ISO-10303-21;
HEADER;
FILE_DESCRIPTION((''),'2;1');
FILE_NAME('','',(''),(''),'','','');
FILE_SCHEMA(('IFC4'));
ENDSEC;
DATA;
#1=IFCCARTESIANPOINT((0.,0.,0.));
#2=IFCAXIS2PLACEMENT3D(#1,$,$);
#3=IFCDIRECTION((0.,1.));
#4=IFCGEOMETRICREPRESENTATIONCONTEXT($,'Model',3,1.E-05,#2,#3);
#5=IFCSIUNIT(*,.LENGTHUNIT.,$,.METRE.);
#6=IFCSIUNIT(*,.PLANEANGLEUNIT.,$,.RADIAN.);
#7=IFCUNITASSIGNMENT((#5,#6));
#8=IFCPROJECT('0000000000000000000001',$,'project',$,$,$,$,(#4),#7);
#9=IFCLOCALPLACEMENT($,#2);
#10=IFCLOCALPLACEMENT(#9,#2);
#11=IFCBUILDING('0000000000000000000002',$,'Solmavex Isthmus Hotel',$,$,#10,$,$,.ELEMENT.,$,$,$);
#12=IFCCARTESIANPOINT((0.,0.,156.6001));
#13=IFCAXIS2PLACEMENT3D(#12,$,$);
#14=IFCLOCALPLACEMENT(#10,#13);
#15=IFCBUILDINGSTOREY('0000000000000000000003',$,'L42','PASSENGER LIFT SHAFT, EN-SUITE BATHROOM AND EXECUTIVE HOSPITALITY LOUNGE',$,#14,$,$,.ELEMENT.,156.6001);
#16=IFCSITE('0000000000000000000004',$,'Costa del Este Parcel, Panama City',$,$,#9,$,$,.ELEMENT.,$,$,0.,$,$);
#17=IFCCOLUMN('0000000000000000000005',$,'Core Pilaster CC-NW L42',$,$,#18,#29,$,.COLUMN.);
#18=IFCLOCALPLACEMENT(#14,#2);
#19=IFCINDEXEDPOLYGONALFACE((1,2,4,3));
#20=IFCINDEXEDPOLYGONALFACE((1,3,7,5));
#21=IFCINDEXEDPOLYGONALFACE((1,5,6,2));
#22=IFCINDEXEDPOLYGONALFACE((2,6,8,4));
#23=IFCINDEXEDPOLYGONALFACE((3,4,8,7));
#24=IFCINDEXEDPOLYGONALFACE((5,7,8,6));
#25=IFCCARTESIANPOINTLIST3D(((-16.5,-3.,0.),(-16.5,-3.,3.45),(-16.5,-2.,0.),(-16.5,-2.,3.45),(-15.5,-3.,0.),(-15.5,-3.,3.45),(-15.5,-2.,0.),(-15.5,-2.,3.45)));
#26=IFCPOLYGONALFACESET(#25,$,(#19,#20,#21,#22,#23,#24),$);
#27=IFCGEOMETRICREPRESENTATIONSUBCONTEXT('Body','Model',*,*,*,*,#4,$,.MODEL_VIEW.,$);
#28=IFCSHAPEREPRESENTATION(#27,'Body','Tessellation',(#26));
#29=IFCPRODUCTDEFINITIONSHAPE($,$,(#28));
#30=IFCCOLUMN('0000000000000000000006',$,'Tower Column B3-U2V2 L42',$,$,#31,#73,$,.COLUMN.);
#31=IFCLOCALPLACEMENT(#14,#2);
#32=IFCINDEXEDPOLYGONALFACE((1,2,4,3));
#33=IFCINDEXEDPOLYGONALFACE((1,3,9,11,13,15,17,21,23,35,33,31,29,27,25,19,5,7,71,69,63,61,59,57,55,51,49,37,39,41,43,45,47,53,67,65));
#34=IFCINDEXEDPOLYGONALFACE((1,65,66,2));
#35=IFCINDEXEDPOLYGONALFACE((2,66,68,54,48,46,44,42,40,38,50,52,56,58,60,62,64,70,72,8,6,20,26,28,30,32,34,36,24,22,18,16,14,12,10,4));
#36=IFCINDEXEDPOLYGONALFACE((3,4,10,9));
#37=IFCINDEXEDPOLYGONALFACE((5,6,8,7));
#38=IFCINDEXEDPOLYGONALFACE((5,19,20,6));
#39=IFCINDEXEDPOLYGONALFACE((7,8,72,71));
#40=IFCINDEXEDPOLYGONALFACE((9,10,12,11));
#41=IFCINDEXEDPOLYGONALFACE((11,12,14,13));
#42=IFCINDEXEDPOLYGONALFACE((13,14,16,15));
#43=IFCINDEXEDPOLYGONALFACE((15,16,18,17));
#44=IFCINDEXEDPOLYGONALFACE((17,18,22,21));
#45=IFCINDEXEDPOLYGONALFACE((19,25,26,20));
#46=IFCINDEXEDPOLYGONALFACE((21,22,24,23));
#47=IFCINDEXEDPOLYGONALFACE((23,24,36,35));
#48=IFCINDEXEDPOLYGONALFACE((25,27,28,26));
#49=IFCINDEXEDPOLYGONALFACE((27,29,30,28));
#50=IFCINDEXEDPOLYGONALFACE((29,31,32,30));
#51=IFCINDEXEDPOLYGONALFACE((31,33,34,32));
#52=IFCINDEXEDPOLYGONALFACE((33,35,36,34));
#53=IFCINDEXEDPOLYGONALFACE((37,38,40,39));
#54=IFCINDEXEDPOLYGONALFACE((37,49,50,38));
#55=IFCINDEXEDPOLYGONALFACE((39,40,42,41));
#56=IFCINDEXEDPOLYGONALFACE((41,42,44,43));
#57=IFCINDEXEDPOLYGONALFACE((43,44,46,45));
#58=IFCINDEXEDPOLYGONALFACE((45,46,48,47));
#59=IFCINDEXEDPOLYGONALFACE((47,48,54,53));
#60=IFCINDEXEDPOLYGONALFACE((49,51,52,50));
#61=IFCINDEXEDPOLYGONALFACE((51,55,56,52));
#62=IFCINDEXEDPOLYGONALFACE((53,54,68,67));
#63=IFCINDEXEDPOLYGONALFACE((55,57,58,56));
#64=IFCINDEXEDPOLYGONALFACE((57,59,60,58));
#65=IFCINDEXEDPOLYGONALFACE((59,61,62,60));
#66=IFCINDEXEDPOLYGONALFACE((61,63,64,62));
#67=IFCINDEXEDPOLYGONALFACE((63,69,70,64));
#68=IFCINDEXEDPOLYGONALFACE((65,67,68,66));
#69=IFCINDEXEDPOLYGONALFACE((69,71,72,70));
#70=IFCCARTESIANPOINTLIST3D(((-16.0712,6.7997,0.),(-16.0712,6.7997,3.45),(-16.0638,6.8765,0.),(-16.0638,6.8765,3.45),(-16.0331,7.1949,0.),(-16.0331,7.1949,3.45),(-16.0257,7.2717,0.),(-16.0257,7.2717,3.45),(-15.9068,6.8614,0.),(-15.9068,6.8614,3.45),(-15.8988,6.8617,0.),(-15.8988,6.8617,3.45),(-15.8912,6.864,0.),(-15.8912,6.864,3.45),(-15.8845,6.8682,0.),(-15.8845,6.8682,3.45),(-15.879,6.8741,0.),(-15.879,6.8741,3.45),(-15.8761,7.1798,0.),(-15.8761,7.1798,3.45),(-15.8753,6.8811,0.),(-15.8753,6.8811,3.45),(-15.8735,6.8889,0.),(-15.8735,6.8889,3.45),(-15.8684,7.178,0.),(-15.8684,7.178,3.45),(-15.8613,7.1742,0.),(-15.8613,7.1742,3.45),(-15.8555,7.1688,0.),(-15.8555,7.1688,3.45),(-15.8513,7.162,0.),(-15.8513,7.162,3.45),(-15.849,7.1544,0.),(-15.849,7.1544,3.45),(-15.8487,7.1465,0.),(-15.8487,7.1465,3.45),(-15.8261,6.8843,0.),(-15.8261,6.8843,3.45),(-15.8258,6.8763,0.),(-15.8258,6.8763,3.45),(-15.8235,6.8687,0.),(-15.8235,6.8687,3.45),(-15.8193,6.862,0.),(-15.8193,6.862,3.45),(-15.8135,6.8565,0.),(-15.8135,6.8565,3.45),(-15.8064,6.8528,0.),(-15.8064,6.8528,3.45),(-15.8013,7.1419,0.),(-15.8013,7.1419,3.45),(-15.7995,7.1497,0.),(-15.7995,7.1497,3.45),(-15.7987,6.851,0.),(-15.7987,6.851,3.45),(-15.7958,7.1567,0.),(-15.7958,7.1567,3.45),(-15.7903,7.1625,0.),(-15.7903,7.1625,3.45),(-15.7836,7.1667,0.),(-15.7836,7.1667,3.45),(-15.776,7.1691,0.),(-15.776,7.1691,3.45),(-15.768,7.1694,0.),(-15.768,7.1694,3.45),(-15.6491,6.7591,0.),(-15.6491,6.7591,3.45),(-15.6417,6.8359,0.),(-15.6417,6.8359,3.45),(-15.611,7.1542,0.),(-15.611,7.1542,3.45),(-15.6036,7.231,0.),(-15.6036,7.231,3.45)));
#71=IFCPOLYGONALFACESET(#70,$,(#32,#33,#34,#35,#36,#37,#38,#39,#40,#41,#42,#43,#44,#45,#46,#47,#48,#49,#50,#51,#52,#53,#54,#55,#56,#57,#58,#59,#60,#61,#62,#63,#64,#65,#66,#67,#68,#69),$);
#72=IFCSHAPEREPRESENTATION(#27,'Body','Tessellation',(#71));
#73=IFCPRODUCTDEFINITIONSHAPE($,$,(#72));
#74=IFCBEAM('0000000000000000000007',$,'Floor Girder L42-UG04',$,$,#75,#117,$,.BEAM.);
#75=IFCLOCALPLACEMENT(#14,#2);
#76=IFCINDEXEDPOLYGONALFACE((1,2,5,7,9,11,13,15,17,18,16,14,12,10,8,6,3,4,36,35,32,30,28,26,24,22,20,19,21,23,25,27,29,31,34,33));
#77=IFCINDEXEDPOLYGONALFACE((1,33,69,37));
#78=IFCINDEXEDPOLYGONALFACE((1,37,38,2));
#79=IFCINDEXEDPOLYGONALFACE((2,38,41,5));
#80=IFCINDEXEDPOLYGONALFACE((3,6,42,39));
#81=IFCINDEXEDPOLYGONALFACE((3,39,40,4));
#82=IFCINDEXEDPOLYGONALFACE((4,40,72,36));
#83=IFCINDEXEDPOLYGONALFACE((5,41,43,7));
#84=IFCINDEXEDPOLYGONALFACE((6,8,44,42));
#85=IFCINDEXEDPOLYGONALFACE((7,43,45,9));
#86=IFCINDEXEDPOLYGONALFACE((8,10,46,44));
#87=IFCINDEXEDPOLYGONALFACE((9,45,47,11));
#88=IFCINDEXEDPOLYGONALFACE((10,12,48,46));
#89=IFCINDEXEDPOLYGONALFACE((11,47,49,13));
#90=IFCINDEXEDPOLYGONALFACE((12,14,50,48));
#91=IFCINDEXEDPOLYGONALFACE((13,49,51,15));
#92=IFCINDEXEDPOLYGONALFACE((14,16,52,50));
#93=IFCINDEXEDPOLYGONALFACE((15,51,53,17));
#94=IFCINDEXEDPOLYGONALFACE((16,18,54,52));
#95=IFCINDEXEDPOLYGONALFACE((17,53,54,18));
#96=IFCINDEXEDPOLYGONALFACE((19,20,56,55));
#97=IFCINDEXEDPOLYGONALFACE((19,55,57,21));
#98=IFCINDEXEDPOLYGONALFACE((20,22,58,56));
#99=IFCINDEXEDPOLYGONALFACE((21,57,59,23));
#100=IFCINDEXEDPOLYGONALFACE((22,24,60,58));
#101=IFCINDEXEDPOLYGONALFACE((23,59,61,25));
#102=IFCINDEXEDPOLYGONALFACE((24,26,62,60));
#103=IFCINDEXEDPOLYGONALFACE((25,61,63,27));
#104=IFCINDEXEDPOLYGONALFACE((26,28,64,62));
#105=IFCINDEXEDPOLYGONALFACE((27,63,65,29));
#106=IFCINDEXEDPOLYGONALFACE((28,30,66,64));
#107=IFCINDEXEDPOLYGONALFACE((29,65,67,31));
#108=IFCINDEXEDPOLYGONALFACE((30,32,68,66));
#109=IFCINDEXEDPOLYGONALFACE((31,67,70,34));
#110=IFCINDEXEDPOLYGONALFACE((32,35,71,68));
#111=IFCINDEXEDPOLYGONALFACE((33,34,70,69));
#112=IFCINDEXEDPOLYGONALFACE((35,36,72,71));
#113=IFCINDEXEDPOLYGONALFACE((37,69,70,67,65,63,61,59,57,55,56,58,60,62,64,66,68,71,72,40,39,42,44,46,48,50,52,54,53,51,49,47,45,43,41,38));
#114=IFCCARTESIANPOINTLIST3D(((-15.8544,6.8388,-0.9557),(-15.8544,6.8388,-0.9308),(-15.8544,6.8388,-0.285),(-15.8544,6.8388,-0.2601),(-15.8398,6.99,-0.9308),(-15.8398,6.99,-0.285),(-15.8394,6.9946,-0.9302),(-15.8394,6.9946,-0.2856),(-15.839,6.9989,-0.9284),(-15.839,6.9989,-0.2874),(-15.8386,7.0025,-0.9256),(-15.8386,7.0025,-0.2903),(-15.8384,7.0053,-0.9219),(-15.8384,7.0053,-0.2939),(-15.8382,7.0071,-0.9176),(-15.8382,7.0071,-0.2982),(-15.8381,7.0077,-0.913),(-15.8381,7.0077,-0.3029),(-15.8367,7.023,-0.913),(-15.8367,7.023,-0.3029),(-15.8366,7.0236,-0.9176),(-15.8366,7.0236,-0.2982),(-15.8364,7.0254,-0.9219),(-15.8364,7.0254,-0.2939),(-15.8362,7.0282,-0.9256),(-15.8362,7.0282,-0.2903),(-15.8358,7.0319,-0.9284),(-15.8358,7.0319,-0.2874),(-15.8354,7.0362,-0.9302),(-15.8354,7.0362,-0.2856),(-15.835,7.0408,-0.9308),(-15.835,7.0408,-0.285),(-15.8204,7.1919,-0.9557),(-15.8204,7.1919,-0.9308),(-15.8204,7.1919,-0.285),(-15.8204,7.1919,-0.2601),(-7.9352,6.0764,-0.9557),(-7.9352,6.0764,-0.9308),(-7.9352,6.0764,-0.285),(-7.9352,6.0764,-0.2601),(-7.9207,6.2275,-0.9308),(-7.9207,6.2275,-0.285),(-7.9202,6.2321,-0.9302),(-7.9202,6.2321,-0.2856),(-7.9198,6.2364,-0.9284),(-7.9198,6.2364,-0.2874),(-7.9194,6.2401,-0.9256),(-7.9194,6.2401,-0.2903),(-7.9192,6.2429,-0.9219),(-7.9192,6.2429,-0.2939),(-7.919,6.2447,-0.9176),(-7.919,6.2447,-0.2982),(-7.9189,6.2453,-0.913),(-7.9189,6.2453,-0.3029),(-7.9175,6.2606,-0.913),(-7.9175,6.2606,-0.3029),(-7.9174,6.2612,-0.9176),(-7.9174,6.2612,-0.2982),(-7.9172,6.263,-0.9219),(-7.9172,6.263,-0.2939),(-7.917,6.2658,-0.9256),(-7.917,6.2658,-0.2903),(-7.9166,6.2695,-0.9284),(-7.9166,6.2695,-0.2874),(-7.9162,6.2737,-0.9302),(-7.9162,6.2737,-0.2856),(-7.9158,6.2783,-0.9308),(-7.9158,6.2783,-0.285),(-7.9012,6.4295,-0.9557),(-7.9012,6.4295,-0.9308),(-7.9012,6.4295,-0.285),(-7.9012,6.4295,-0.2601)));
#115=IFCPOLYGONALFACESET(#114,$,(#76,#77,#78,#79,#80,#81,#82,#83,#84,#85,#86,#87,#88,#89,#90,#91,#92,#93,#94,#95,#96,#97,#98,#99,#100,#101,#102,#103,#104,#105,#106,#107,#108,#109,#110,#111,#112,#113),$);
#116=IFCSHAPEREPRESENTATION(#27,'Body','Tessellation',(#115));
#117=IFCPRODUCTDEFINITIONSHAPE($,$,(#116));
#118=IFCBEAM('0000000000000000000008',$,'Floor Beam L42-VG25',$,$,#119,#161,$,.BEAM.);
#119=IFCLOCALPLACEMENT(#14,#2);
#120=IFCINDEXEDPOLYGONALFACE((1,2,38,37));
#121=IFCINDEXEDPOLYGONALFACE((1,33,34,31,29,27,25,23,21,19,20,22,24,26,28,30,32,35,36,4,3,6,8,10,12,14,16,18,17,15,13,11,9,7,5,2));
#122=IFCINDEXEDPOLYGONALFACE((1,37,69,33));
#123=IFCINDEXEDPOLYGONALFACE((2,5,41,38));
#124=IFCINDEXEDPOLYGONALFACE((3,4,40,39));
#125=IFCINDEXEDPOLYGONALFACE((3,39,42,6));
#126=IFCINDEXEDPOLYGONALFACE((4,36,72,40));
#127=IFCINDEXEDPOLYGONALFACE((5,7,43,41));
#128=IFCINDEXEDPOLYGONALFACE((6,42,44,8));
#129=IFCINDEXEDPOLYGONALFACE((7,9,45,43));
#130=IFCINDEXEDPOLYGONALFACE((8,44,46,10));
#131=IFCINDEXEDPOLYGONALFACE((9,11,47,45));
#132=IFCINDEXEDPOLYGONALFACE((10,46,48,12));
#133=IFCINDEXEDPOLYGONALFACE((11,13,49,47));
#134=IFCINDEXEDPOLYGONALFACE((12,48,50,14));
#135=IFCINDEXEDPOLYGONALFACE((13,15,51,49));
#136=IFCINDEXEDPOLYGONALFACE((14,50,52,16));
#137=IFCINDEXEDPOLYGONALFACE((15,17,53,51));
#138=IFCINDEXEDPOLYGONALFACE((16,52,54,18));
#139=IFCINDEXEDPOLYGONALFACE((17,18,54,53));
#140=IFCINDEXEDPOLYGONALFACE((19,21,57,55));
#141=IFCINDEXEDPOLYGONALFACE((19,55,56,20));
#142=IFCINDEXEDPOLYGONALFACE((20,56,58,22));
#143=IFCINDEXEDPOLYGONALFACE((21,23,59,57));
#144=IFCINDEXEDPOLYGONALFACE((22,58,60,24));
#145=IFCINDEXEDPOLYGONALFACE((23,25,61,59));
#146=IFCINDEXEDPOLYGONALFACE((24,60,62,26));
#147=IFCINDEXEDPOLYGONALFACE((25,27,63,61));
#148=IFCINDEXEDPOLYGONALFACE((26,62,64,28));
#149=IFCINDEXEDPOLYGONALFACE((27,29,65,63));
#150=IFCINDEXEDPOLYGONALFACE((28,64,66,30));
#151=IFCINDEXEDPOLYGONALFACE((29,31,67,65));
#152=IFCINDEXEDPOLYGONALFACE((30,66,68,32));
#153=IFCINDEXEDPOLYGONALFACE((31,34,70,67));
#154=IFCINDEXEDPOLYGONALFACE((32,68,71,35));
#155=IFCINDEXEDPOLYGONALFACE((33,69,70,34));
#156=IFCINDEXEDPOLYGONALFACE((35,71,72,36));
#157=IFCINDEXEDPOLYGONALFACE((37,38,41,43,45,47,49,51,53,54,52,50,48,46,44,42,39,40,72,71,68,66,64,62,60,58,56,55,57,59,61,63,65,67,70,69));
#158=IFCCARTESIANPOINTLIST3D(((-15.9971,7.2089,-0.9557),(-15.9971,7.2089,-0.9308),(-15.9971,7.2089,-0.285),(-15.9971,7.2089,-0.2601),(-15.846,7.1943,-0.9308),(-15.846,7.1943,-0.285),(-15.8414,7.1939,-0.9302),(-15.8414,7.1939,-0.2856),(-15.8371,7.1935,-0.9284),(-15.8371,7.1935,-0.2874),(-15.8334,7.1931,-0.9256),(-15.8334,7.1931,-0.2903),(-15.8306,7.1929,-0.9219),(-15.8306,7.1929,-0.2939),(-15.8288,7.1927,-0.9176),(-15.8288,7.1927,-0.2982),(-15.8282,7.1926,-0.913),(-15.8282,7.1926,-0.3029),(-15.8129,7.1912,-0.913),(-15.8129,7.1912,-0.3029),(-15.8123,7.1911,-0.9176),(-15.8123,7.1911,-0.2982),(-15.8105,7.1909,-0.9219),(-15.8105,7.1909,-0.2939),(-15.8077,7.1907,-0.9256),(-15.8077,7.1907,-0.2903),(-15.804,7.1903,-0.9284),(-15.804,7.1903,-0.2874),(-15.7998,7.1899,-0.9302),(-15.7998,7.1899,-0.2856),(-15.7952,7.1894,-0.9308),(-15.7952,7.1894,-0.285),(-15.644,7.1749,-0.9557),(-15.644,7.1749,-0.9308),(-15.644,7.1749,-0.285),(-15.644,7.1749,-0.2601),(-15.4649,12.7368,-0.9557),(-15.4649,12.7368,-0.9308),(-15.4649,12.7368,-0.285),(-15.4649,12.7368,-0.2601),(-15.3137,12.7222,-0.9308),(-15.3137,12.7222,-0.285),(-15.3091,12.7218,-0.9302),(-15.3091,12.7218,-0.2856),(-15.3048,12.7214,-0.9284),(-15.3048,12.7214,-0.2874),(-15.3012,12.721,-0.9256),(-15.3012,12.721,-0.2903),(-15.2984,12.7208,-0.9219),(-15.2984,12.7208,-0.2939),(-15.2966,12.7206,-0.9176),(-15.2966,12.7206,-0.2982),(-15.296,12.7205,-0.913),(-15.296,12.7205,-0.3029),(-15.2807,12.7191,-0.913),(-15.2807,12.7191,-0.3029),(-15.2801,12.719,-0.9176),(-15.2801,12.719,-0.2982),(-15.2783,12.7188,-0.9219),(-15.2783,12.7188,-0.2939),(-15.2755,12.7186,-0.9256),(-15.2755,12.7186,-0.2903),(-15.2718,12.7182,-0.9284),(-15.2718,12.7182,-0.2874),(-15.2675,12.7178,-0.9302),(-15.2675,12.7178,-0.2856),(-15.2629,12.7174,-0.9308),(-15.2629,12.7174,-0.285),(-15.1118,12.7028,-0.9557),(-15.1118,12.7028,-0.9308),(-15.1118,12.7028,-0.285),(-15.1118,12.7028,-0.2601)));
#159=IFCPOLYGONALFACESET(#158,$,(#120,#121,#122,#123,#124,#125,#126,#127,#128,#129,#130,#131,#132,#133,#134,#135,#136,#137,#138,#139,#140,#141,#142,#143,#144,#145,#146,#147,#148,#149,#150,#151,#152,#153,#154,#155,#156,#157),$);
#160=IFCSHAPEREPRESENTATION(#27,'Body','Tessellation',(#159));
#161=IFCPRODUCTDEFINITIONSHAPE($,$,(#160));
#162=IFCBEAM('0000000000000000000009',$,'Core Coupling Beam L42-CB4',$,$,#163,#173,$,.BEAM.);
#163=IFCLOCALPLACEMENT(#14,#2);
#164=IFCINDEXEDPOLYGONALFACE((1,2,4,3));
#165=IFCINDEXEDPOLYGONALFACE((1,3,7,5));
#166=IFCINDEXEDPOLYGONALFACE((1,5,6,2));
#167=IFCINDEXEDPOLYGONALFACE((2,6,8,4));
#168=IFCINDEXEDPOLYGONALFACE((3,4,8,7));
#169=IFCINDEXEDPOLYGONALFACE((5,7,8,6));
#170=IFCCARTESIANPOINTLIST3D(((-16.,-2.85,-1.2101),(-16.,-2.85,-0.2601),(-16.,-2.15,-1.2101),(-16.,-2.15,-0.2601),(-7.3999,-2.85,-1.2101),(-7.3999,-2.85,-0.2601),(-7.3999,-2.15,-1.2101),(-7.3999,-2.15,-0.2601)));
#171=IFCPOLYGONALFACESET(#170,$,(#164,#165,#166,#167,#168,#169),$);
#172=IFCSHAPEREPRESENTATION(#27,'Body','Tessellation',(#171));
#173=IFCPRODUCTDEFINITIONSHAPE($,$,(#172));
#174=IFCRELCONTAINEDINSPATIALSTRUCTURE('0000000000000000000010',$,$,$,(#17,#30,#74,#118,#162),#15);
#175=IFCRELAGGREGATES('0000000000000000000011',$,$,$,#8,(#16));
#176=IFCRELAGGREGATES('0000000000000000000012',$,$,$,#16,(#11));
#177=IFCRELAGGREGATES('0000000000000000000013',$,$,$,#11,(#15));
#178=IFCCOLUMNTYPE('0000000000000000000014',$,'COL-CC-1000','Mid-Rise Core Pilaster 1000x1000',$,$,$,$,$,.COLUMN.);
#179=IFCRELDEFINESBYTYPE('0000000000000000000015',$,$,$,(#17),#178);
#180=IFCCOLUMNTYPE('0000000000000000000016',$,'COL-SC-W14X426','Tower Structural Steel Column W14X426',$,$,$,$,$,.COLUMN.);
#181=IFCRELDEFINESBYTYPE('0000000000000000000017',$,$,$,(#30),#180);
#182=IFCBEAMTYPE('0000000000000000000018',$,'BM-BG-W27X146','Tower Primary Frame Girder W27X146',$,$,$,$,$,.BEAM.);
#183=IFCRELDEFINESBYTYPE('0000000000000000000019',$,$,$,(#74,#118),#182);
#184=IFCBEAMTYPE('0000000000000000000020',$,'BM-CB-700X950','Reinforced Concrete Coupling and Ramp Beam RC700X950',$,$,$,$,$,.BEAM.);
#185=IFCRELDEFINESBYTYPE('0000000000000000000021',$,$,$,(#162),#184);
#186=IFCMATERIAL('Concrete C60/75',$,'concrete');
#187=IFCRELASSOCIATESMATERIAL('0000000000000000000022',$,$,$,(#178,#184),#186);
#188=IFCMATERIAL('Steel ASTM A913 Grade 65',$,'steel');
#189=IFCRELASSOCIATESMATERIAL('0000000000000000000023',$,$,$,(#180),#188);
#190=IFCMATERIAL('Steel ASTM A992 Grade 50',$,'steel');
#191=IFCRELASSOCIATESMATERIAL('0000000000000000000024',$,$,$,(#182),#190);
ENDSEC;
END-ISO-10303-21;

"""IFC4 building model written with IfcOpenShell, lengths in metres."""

from ifc_helpers import new_model, si_unit, direction, frame, origin, origin_2d, place, context, subcontext, project, spatial, rectangle, i_section, extrude, material, material_profile, profile_set, type_object, element, save


model = new_model("IFC4")

# Units and contexts
model_context = context("Model", 3, precision=1e-05, world=origin(), true_north=direction((0.0, 1.0)))
body_context = subcontext(model_context, "Body", "Model", "MODEL_VIEW")
ifc_project = project(units=[si_unit("LENGTHUNIT", "METRE"), si_unit("PLANEANGLEUNIT", "RADIAN")], contexts=[model_context])

# Site, building, storey
site_placement = place(None, origin())
site = spatial("IfcSite", under=ifc_project, at=site_placement, Name="Costa del Este Parcel, Panama City", CompositionType="ELEMENT", RefElevation=0.0)
building_placement = place(site_placement, origin())
building = spatial("IfcBuilding", under=site, at=building_placement, Name="Solmavex Isthmus Hotel", CompositionType="ELEMENT")
storey_placement = place(building_placement, frame((0.0, 0.0, 156.6001)))
storey = spatial("IfcBuildingStorey", under=building, at=storey_placement, Name="L42", Description="PASSENGER LIFT SHAFT, EN-SUITE BATHROOM AND EXECUTIVE HOSPITALITY LOUNGE", CompositionType="ELEMENT", Elevation=156.6001)

# Columns
ifc_material_1 = material(Name="Concrete C60/75", Category="concrete")
ifc_material_profile_1 = material_profile(ifc_material_1, rectangle(XDim=1.0, YDim=1.0, at=origin_2d()), Name="RC1000X1000")
ifc_profile_set_1 = profile_set([ifc_material_profile_1], Name="Concrete C60/75")
column_type_1 = type_object("IfcColumnType", Name="COL-CC-1000", Description="Mid-Rise Core Pilaster 1000x1000", PredefinedType="COLUMN", material=ifc_profile_set_1)
column_1_placement = place(storey_placement, frame((-16.0, -2.5, 0.0), z_axis=(0.0, 0.0, 1.0), x_axis=(1.0, 0.0, 0.0)))
element("IfcColumn", 1, at=column_1_placement, inside=storey, type_object=column_type_1, Name="Core Pilaster CC-NW L42", PredefinedType="COLUMN", context=body_context, shape_type="SweptSolid", body=[
    extrude(rectangle(XDim=1.0, YDim=1.0, at=origin_2d()), origin(), (0.0, 0.0, 1.0), 3.45),
])
ifc_material_2 = material(Name="Steel ASTM A913 Grade 65", Category="steel")
ifc_material_profile_2 = material_profile(ifc_material_2, i_section(OverallWidth=0.4241, OverallDepth=0.4741, WebThickness=0.0476, FlangeThickness=0.0771, FilletRadius=0.0305, at=origin_2d()), Name="W14X426")
ifc_profile_set_2 = profile_set([ifc_material_profile_2], Name="Steel ASTM A913 Grade 65")
column_type_2 = type_object("IfcColumnType", Name="COL-SC-W14X426", Description="Tower Structural Steel Column W14X426", PredefinedType="COLUMN", material=ifc_profile_set_2)
column_2_placement = place(storey_placement, frame((-15.8374, 7.0154, 0.0), z_axis=(0.0, 0.0, 1.0), x_axis=(0.995396, -0.095846, 0.0)))
element("IfcColumn", 2, at=column_2_placement, inside=storey, type_object=column_type_2, Name="Tower Column B3-U2V2 L42", PredefinedType="COLUMN", context=body_context, shape_type="SweptSolid", body=[
    extrude(i_section(OverallWidth=0.4241, OverallDepth=0.4741, WebThickness=0.0476, FlangeThickness=0.0771, FilletRadius=0.0305, at=origin_2d()), origin(), (0.0, 0.0, 1.0), 3.45),
])

# Beams
ifc_material_3 = material(Name="Steel ASTM A992 Grade 50", Category="steel")
ifc_material_profile_3 = material_profile(ifc_material_3, i_section(OverallWidth=0.3547, OverallDepth=0.6956, WebThickness=0.0154, FlangeThickness=0.0249, FilletRadius=0.0178, at=origin_2d()), Name="W27X146")
ifc_profile_set_3 = profile_set([ifc_material_profile_3], Name="Steel ASTM A992 Grade 50")
beam_type_1 = type_object("IfcBeamType", Name="BM-BG-W27X146", Description="Tower Primary Frame Girder W27X146", PredefinedType="BEAM", material=ifc_profile_set_3)
beam_1_placement = place(storey_placement, frame((-15.8374, 7.0154, -0.6079), z_axis=(0.995397, -0.095836, 0.0), x_axis=(0.095836, 0.995397, 0.0)))
element("IfcBeam", 3, at=beam_1_placement, inside=storey, type_object=beam_type_1, Name="Floor Girder L42-UG04", PredefinedType="BEAM", context=body_context, shape_type="SweptSolid", body=[
    extrude(i_section(OverallWidth=0.3547, OverallDepth=0.6956, WebThickness=0.0154, FlangeThickness=0.0249, FilletRadius=0.0178, at=origin_2d()), origin(), (0.0, 0.0, 1.0), 7.9558),
])
beam_2_placement = place(storey_placement, frame((-15.8206, 7.1919, -0.6079), z_axis=(0.095838, 0.995397, 0.0), x_axis=(-0.995397, 0.095838, 0.0)))
element("IfcBeam", 4, at=beam_2_placement, inside=storey, type_object=beam_type_1, Name="Floor Beam L42-VG25", PredefinedType="BEAM", context=body_context, shape_type="SweptSolid", body=[
    extrude(i_section(OverallWidth=0.3547, OverallDepth=0.6956, WebThickness=0.0154, FlangeThickness=0.0249, FilletRadius=0.0178, at=origin_2d()), origin(), (0.0, 0.0, 1.0), 5.5535),
])
ifc_material_profile_4 = material_profile(ifc_material_1, rectangle(XDim=0.7, YDim=0.95, at=origin_2d()), Name="RC700X950")
ifc_profile_set_4 = profile_set([ifc_material_profile_4], Name="Concrete C60/75")
beam_type_2 = type_object("IfcBeamType", Name="BM-CB-700X950", Description="Reinforced Concrete Coupling and Ramp Beam RC700X950", PredefinedType="BEAM", material=ifc_profile_set_4)
beam_3_placement = place(storey_placement, frame((-16.0, -2.5, -0.7351), z_axis=(1.0, 0.0, 0.0), x_axis=(0.0, 1.0, 0.0)))
element("IfcBeam", 5, at=beam_3_placement, inside=storey, type_object=beam_type_2, Name="Core Coupling Beam L42-CB4", PredefinedType="BEAM", context=body_context, shape_type="SweptSolid", body=[
    extrude(rectangle(XDim=0.7, YDim=0.95, at=origin_2d()), origin(), (0.0, 0.0, 1.0), 8.6001),
])

save(model, "model.ifc")
